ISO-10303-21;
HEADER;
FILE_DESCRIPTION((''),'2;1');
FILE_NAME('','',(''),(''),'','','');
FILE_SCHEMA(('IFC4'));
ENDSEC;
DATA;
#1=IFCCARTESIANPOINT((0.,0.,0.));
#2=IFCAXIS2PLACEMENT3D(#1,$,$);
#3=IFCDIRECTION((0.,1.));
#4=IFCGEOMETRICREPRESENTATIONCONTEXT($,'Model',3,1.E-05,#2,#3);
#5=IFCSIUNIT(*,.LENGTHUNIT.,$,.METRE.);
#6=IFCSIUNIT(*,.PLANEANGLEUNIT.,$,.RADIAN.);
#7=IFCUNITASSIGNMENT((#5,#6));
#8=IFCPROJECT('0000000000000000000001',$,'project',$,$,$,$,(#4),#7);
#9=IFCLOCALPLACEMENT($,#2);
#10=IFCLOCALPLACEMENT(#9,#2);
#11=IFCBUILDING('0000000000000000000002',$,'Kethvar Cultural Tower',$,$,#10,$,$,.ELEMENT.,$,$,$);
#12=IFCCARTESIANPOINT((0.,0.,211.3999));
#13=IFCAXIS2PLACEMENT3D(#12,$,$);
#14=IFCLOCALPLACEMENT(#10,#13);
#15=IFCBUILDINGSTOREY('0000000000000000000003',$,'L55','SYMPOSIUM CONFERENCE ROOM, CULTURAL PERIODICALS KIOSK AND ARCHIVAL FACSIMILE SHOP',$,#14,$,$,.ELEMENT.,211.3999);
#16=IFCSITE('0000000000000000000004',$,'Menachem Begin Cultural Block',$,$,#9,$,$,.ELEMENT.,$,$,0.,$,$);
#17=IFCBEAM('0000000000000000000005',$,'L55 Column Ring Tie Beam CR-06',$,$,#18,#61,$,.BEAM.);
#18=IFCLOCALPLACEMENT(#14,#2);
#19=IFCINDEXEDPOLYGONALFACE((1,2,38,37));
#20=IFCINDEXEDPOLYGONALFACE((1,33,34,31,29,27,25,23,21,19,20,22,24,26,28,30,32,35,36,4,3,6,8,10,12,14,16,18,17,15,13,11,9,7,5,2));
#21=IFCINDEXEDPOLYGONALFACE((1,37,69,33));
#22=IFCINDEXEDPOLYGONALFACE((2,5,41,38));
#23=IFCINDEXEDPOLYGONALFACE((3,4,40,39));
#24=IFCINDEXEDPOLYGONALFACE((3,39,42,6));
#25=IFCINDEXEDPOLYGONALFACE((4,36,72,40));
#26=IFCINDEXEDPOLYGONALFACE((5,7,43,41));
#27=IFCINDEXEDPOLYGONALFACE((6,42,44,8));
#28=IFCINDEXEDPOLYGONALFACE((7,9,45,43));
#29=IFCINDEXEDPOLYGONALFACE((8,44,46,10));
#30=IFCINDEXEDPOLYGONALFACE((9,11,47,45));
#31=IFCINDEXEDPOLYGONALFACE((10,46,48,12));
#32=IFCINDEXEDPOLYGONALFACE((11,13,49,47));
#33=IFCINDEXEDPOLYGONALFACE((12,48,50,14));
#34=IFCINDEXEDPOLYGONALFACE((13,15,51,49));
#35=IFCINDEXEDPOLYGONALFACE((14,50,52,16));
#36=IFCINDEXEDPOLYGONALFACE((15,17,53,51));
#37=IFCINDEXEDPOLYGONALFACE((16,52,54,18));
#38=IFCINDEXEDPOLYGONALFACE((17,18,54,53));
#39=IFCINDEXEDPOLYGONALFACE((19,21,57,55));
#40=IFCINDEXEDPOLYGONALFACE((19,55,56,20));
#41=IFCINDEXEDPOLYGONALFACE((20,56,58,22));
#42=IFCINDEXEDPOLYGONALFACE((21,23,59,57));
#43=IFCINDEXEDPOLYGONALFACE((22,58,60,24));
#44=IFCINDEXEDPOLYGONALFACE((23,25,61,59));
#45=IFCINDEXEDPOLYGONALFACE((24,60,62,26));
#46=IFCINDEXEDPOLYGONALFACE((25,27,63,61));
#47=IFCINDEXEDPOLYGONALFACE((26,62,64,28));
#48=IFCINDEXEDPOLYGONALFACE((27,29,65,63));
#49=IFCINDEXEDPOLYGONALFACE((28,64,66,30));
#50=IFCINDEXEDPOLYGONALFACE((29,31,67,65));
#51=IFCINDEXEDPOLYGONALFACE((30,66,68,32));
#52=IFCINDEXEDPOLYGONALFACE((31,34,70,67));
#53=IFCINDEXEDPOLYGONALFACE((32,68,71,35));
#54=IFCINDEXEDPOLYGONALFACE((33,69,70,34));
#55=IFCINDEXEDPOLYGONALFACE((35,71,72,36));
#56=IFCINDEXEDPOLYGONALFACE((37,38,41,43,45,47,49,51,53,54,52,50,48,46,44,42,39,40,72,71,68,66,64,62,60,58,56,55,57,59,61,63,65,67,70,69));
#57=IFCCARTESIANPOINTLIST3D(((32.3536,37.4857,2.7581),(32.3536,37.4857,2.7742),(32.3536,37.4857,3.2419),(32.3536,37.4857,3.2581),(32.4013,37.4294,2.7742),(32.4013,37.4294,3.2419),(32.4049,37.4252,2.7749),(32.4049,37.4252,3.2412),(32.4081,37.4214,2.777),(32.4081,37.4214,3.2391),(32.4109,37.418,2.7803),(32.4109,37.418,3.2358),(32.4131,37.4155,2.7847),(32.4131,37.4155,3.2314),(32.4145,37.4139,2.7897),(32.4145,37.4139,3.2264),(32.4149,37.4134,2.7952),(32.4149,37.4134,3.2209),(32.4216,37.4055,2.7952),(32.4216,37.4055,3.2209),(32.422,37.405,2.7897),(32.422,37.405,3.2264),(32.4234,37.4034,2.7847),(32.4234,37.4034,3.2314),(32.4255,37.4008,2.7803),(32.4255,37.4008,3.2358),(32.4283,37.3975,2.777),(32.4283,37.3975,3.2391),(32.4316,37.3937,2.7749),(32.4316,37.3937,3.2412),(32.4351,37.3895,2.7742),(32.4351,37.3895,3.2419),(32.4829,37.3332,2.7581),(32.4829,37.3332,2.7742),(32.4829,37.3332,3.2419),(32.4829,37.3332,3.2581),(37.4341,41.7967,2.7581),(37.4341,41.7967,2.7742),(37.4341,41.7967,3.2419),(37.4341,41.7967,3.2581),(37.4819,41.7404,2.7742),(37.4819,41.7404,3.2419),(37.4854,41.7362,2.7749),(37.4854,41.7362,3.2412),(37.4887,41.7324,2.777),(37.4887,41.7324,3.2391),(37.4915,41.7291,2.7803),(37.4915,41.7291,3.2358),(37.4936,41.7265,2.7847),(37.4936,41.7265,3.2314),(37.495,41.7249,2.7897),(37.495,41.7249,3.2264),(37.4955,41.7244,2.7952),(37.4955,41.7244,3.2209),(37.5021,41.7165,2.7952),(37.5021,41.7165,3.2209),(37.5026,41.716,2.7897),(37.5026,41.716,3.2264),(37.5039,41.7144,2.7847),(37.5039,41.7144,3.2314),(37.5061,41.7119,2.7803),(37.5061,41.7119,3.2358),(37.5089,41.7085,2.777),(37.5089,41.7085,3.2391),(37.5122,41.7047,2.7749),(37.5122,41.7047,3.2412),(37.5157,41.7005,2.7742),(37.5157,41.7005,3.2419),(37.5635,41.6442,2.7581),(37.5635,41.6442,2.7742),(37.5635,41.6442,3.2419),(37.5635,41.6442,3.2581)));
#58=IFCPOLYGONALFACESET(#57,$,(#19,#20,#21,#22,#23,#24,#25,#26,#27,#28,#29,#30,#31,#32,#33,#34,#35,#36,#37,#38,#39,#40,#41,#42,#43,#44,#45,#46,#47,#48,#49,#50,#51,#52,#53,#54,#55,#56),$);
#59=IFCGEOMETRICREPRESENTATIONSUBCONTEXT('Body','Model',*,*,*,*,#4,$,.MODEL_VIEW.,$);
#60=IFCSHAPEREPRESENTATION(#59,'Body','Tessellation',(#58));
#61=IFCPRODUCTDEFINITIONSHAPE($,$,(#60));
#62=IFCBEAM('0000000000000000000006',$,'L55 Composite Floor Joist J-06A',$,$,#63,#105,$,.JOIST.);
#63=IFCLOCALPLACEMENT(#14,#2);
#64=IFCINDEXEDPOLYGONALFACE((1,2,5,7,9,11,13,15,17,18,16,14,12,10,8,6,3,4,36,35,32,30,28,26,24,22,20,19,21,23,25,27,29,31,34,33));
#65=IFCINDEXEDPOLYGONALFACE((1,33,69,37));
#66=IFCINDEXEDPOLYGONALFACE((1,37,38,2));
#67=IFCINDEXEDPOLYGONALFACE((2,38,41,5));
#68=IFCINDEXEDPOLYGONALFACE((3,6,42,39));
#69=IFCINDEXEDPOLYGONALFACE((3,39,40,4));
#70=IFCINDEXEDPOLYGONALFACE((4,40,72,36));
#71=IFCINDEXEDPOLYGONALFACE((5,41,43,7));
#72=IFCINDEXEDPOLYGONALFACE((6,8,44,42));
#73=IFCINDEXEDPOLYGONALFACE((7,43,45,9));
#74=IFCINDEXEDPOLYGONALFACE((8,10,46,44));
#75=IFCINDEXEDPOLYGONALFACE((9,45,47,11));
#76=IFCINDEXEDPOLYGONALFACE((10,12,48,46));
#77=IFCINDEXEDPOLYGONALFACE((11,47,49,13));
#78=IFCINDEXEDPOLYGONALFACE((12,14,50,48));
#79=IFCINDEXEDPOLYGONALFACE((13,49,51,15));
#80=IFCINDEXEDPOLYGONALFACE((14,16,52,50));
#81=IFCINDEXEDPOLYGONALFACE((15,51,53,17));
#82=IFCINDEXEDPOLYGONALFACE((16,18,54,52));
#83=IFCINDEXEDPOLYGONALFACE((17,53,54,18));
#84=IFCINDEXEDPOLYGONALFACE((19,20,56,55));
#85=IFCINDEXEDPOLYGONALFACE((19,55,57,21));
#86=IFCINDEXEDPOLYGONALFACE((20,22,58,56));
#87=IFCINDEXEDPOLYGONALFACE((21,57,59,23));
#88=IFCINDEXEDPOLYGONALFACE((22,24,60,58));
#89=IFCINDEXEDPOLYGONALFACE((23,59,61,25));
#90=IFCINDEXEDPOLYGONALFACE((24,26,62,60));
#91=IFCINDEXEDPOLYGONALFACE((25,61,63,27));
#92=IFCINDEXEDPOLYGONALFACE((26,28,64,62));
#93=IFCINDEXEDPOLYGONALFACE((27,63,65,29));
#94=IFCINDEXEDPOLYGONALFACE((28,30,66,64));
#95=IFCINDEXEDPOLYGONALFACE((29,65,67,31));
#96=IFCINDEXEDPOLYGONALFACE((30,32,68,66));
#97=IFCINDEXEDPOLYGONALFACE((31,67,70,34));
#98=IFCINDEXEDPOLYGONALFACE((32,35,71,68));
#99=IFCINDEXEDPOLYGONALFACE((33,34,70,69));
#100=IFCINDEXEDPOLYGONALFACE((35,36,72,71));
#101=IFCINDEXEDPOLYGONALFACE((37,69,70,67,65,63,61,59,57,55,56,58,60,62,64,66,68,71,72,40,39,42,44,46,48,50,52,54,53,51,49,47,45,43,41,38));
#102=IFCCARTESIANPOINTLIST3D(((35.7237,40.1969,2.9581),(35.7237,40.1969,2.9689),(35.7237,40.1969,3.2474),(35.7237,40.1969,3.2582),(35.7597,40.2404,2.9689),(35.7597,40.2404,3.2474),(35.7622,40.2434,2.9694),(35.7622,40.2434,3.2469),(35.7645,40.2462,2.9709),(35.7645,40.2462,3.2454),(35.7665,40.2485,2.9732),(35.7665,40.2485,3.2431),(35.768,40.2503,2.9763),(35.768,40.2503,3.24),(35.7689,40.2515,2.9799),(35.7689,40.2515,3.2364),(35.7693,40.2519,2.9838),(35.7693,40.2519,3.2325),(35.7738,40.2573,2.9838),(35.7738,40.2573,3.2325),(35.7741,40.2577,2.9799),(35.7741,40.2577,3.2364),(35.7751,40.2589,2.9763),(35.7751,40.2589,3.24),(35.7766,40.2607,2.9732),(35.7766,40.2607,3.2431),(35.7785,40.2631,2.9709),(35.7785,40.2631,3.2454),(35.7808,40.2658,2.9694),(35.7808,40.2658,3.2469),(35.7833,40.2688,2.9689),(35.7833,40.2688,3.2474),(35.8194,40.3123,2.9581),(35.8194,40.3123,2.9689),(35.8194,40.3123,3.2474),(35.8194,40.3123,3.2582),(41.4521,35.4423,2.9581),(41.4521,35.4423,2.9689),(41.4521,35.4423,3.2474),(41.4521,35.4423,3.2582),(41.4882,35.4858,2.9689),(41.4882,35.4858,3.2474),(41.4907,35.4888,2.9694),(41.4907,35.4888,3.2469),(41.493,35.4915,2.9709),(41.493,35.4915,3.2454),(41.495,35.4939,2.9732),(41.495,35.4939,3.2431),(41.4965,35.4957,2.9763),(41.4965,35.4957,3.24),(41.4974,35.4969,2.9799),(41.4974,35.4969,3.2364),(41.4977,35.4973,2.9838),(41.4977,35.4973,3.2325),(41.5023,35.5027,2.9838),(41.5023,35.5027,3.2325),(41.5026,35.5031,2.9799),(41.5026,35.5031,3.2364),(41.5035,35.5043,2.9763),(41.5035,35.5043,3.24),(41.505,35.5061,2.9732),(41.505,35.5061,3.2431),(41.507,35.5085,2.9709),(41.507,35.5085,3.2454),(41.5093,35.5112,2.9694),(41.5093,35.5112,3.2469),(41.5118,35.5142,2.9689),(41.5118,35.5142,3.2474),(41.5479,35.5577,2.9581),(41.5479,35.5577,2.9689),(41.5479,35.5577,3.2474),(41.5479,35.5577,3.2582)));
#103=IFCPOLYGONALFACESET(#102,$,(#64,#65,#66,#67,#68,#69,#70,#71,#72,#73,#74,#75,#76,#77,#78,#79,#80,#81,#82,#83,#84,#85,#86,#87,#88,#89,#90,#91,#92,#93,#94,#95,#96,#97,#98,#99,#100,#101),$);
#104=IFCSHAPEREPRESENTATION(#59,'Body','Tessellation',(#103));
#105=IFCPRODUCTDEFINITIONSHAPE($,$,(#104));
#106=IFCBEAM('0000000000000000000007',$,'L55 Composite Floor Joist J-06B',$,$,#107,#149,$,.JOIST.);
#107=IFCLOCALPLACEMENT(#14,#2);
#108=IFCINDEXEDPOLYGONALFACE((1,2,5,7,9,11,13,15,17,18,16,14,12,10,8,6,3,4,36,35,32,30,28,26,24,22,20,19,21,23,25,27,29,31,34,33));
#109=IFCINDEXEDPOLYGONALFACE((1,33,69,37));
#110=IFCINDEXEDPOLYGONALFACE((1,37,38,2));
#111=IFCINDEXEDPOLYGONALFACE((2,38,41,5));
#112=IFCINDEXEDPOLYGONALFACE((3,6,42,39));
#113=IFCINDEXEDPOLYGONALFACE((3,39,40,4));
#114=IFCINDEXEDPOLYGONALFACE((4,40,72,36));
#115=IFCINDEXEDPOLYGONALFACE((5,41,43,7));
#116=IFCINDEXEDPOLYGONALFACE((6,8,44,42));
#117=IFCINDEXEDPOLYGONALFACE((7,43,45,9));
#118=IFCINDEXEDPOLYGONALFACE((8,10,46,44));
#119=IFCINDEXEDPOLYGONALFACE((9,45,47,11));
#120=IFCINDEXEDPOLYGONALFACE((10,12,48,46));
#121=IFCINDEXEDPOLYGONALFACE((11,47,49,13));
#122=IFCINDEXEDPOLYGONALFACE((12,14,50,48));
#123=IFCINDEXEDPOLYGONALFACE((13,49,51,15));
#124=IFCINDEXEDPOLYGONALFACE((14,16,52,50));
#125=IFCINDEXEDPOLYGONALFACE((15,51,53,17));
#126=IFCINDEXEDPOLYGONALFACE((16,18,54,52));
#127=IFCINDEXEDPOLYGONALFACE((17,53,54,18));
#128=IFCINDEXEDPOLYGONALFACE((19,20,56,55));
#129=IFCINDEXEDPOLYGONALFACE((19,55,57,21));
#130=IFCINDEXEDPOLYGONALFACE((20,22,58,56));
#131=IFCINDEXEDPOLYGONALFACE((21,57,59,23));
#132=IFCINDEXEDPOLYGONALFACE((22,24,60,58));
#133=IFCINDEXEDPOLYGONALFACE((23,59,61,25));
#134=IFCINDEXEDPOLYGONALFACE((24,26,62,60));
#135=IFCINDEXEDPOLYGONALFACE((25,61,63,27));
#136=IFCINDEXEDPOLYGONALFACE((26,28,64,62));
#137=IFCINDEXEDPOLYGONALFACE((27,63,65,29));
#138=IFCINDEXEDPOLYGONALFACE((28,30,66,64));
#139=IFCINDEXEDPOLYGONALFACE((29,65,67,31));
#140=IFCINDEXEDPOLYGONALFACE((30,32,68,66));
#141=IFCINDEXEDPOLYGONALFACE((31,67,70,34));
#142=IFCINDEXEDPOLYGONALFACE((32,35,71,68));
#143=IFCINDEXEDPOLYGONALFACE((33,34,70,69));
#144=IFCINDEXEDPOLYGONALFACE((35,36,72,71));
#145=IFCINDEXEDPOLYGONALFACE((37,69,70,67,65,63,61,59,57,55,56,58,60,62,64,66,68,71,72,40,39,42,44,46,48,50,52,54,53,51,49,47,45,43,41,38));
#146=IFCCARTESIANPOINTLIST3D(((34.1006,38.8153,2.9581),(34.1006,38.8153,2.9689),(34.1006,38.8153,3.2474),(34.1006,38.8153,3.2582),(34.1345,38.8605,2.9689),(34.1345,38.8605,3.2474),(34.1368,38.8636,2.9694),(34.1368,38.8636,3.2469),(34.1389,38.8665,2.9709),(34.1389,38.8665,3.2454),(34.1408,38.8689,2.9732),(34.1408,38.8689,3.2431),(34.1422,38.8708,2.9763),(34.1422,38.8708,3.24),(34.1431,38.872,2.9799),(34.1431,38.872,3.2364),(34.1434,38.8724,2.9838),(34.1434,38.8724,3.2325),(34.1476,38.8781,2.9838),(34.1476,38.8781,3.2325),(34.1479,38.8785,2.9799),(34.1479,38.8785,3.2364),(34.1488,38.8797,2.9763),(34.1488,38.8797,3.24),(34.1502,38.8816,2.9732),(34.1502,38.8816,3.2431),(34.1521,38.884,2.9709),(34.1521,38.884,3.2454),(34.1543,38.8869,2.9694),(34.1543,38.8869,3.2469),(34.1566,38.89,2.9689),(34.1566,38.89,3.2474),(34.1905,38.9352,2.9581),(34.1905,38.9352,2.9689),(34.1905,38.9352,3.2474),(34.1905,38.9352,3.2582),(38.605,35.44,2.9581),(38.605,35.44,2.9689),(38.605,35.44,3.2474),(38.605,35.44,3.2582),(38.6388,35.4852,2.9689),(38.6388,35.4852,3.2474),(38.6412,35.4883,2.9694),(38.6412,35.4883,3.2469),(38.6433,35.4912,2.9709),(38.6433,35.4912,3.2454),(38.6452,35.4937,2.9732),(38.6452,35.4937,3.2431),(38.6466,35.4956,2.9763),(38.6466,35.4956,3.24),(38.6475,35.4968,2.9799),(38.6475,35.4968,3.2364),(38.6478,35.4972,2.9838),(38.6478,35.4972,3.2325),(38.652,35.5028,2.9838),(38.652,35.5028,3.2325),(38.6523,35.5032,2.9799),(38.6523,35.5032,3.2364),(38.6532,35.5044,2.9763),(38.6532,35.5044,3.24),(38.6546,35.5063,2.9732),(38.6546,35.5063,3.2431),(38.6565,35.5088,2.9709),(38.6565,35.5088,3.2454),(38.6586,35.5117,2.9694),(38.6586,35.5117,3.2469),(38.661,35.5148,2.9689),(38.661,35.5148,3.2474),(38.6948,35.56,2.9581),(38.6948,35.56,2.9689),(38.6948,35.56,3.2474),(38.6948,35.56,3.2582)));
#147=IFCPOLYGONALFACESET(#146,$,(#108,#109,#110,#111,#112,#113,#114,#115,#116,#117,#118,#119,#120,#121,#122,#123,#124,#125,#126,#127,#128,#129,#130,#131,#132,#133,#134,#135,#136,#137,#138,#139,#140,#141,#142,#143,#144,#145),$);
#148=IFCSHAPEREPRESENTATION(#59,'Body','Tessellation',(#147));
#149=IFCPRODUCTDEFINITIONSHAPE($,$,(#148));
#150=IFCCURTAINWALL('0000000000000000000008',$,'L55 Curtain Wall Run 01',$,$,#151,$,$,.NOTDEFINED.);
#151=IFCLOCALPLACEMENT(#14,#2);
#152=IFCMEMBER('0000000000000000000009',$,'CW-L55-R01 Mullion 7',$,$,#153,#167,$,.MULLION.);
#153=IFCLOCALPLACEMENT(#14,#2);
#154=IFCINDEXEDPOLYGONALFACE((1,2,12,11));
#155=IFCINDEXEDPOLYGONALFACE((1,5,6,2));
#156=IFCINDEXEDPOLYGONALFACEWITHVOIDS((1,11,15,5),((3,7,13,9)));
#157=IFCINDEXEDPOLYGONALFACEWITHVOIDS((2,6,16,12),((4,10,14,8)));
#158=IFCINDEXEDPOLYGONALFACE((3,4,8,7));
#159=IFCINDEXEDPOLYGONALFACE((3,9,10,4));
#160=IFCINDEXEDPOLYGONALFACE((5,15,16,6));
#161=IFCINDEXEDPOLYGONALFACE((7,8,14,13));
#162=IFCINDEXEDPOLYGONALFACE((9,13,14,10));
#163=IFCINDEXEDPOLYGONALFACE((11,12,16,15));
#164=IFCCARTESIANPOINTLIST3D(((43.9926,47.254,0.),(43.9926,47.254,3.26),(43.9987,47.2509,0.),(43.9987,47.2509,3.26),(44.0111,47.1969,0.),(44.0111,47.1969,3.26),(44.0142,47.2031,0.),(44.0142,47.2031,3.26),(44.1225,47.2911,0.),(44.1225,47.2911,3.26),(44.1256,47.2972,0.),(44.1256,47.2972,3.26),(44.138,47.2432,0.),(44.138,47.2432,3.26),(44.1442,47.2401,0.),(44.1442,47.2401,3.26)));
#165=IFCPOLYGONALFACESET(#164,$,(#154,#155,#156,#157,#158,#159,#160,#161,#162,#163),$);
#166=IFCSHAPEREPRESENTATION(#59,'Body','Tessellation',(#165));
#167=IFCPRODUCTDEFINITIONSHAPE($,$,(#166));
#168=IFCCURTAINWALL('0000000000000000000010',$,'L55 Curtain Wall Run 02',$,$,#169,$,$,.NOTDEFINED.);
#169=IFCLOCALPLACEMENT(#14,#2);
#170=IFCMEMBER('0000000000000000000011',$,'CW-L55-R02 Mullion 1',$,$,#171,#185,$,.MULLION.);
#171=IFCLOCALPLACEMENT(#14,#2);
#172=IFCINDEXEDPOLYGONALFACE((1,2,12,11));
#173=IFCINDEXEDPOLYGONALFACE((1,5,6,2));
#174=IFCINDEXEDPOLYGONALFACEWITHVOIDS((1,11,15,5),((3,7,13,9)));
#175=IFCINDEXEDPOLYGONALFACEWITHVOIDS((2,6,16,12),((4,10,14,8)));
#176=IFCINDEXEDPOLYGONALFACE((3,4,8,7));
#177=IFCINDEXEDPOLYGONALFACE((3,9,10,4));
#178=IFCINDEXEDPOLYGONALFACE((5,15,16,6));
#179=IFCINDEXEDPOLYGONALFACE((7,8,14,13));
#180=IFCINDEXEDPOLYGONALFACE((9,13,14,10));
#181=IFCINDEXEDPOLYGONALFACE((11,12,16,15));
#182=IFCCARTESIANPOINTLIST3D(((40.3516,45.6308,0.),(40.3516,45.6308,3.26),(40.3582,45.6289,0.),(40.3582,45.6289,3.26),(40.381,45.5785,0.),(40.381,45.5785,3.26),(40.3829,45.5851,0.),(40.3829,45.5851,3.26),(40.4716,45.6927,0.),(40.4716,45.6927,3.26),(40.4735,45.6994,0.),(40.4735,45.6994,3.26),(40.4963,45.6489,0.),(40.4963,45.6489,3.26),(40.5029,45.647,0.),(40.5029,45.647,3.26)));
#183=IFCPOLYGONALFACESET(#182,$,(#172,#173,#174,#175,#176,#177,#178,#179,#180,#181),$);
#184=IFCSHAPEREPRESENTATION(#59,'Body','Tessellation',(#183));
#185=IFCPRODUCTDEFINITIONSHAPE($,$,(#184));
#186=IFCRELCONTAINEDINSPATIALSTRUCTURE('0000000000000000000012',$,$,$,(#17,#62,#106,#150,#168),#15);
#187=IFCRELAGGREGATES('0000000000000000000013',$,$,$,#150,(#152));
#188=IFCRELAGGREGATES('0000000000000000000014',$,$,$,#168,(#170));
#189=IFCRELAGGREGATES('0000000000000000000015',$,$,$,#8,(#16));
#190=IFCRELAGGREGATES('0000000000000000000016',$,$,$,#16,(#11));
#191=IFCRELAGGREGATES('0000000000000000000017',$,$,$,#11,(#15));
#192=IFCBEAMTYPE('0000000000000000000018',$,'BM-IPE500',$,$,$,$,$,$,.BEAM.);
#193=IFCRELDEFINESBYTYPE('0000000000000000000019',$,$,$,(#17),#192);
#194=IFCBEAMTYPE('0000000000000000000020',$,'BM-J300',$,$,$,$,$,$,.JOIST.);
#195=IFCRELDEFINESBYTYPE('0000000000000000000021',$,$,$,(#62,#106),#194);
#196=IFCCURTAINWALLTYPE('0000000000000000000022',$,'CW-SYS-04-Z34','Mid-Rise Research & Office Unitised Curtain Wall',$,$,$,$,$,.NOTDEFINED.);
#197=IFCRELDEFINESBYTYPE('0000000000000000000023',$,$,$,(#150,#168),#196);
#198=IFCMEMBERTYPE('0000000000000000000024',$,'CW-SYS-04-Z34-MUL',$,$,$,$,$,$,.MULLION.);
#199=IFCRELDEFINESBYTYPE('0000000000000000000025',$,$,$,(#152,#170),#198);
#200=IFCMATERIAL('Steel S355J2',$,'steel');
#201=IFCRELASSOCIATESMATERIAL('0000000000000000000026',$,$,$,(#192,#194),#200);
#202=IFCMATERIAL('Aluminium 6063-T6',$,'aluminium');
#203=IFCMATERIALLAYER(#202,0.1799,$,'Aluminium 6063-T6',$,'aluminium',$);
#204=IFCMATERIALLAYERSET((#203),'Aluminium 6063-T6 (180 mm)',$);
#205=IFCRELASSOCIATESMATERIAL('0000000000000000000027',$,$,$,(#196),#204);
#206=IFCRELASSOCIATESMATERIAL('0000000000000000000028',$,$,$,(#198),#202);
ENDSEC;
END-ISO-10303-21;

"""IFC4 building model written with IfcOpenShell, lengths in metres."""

from ifc_helpers import new_model, si_unit, direction, frame, origin, origin_2d, place, context, subcontext, project, spatial, hollow_rectangle, i_section, extrude, source, transform, mapped, material, layer, layer_set, material_profile, profile_set, type_object, element, aggregate, save


model = new_model("IFC4")

# Units and contexts
model_context = context("Model", 3, precision=1e-05, world=origin(), true_north=direction((0.0, 1.0)))
body_context = subcontext(model_context, "Body", "Model", "MODEL_VIEW")
ifc_project = project(units=[si_unit("LENGTHUNIT", "METRE"), si_unit("PLANEANGLEUNIT", "RADIAN")], contexts=[model_context])

# Site, building, storey
site_placement = place(None, origin())
site = spatial("IfcSite", under=ifc_project, at=site_placement, Name="Menachem Begin Cultural Block", CompositionType="ELEMENT", RefElevation=0.0)
building_placement = place(site_placement, origin())
building = spatial("IfcBuilding", under=site, at=building_placement, Name="Kethvar Cultural Tower", CompositionType="ELEMENT")
storey_placement = place(building_placement, frame((0.0, 0.0, 211.3999)))
storey = spatial("IfcBuildingStorey", under=building, at=storey_placement, Name="L55", Description="SYMPOSIUM CONFERENCE ROOM, CULTURAL PERIODICALS KIOSK AND ARCHIVAL FACSIMILE SHOP", CompositionType="ELEMENT", Elevation=211.3999)

# Beams
ifc_material_1 = material(Name="Steel S355J2", Category="steel")
ifc_material_profile_1 = material_profile(ifc_material_1, i_section(OverallWidth=0.2, OverallDepth=0.5, WebThickness=0.0103, FlangeThickness=0.0161, FilletRadius=0.021, at=origin_2d()), Name="Steel S355J2 — IPE500")
ifc_profile_set_1 = profile_set([ifc_material_profile_1], Name="Steel S355J2 — IPE500")
beam_type_1 = type_object("IfcBeamType", Name="BM-IPE500", PredefinedType="BEAM", material=ifc_profile_set_1)
ifc_material_profile_2 = material_profile(ifc_material_1, i_section(OverallWidth=0.1499, OverallDepth=0.3, WebThickness=0.0071, FlangeThickness=0.0107, FilletRadius=0.0149, at=origin_2d()), Name="Steel S355J2 — IPE300")
ifc_profile_set_2 = profile_set([ifc_material_profile_2], Name="Steel S355J2 — IPE300")
beam_type_2 = type_object("IfcBeamType", Name="BM-J300", PredefinedType="JOIST", material=ifc_profile_set_2)
shared_shape_1 = source(origin(), body_context, "Body", "SweptSolid", [
    extrude(i_section(OverallWidth=0.2, OverallDepth=0.5, WebThickness=0.0103, FlangeThickness=0.0161, FilletRadius=0.021, at=origin_2d()), origin(), (0.0, 0.0, 1.0), 6.6631),
])
beam_1_placement = place(storey_placement, frame((37.4988, 41.7205, 3.0081), z_axis=(-0.762491, -0.646999, 0.0), x_axis=(0.646999, -0.762491, 0.0)))
element("IfcBeam", 1, at=beam_1_placement, inside=storey, type_object=beam_type_1, Name="L55 Column Ring Tie Beam CR-06", PredefinedType="BEAM", context=body_context, shape_type="MappedRepresentation", body=[
    mapped(shared_shape_1, transform((0.0, 0.0, 0.0), scale=1.0)),
])
shared_shape_2 = source(origin(), body_context, "Body", "SweptSolid", [
    extrude(i_section(OverallWidth=0.1499, OverallDepth=0.3, WebThickness=0.0071, FlangeThickness=0.0107, FilletRadius=0.0149, at=origin_2d()), origin(), (0.0, 0.0, 1.0), 7.4446),
])
beam_2_placement = place(storey_placement, frame((41.5, 35.5, 3.1082), z_axis=(-0.769483, 0.638667, 0.0), x_axis=(-0.638667, -0.769483, 0.0)))
element("IfcBeam", 2, at=beam_2_placement, inside=storey, type_object=beam_type_2, Name="L55 Composite Floor Joist J-06A", PredefinedType="JOIST", context=body_context, shape_type="MappedRepresentation", body=[
    mapped(shared_shape_2, transform((0.0, 0.0, 0.0), scale=1.0)),
])
shared_shape_3 = source(origin(), body_context, "Body", "SweptSolid", [
    extrude(i_section(OverallWidth=0.1499, OverallDepth=0.3, WebThickness=0.0071, FlangeThickness=0.0107, FilletRadius=0.0149, at=origin_2d()), origin(), (0.0, 0.0, 1.0), 5.6287),
])
beam_3_placement = place(storey_placement, frame((38.6499, 35.5, 3.1082), z_axis=(-0.80026, 0.599653, 0.0), x_axis=(-0.599653, -0.80026, 0.0)))
element("IfcBeam", 3, at=beam_3_placement, inside=storey, type_object=beam_type_2, Name="L55 Composite Floor Joist J-06B", PredefinedType="JOIST", context=body_context, shape_type="MappedRepresentation", body=[
    mapped(shared_shape_3, transform((0.0, 0.0, 0.0), scale=1.0)),
])

# Curtain wall, member
ifc_material_2 = material(Name="Aluminium 6063-T6", Category="aluminium")
ifc_layer_1 = layer(ifc_material_2, 0.1799, Name="Aluminium 6063-T6", Category="aluminium")
ifc_layer_set_1 = layer_set([ifc_layer_1], Name="Aluminium 6063-T6 (180 mm)")
curtain_wall_type = type_object("IfcCurtainWallType", Name="CW-SYS-04-Z34", Description="Mid-Rise Research & Office Unitised Curtain Wall", PredefinedType="NOTDEFINED", material=ifc_layer_set_1)
curtain_wall_1_placement = place(storey_placement, origin())
curtain_wall_1 = element("IfcCurtainWall", 4, at=curtain_wall_1_placement, inside=storey, type_object=curtain_wall_type, Name="L55 Curtain Wall Run 01", PredefinedType="NOTDEFINED")
ifc_material_profile_3 = material_profile(ifc_material_2, hollow_rectangle(XDim=0.0601, YDim=0.1399, WallThickness=0.0049, at=origin_2d()), Name="Aluminium 6063-T6 — RHS140x60x5")
ifc_profile_set_3 = profile_set([ifc_material_profile_3], Name="Aluminium 6063-T6 — RHS140x60x5")
member_type_1 = type_object("IfcMemberType", Name="CW-SYS-04-Z34-MUL", PredefinedType="MULLION", material=ifc_profile_set_3)
shared_shape_4 = source(origin(), body_context, "Body", "SweptSolid", [
    extrude(hollow_rectangle(XDim=0.0601, YDim=0.1399, WallThickness=0.0049, at=origin_2d()), origin(), (0.0, 0.0, 1.0), 3.26),
])
member_1_placement = place(storey_placement, frame((44.0684, 47.2471, 0.0), z_axis=(0.0, 0.0, 1.0), x_axis=(0.308851, -0.95111, 0.0)))
member_1 = element("IfcMember", 5, at=member_1_placement, type_object=member_type_1, Name="CW-L55-R01 Mullion 7", PredefinedType="MULLION", context=body_context, shape_type="MappedRepresentation", body=[
    mapped(shared_shape_4, transform((0.0, 0.0, 0.0), scale=1.0)),
])
aggregate(curtain_wall_1, [member_1])

# Curtain wall, member
curtain_wall_2_placement = place(storey_placement, origin())
curtain_wall_2 = element("IfcCurtainWall", 6, at=curtain_wall_2_placement, inside=storey, type_object=curtain_wall_type, Name="L55 Curtain Wall Run 02", PredefinedType="NOTDEFINED")
member_2_placement = place(storey_placement, frame((40.4272, 45.6389, 0.0), z_axis=(0.0, 0.0, 1.0), x_axis=(0.490219, -0.871599, 0.0)))
member_2 = element("IfcMember", 7, at=member_2_placement, type_object=member_type_1, Name="CW-L55-R02 Mullion 1", PredefinedType="MULLION", context=body_context, shape_type="MappedRepresentation", body=[
    mapped(shared_shape_4, transform((0.0, 0.0, 0.0), scale=1.0)),
])
aggregate(curtain_wall_2, [member_2])

save(model, "model.ifc")
